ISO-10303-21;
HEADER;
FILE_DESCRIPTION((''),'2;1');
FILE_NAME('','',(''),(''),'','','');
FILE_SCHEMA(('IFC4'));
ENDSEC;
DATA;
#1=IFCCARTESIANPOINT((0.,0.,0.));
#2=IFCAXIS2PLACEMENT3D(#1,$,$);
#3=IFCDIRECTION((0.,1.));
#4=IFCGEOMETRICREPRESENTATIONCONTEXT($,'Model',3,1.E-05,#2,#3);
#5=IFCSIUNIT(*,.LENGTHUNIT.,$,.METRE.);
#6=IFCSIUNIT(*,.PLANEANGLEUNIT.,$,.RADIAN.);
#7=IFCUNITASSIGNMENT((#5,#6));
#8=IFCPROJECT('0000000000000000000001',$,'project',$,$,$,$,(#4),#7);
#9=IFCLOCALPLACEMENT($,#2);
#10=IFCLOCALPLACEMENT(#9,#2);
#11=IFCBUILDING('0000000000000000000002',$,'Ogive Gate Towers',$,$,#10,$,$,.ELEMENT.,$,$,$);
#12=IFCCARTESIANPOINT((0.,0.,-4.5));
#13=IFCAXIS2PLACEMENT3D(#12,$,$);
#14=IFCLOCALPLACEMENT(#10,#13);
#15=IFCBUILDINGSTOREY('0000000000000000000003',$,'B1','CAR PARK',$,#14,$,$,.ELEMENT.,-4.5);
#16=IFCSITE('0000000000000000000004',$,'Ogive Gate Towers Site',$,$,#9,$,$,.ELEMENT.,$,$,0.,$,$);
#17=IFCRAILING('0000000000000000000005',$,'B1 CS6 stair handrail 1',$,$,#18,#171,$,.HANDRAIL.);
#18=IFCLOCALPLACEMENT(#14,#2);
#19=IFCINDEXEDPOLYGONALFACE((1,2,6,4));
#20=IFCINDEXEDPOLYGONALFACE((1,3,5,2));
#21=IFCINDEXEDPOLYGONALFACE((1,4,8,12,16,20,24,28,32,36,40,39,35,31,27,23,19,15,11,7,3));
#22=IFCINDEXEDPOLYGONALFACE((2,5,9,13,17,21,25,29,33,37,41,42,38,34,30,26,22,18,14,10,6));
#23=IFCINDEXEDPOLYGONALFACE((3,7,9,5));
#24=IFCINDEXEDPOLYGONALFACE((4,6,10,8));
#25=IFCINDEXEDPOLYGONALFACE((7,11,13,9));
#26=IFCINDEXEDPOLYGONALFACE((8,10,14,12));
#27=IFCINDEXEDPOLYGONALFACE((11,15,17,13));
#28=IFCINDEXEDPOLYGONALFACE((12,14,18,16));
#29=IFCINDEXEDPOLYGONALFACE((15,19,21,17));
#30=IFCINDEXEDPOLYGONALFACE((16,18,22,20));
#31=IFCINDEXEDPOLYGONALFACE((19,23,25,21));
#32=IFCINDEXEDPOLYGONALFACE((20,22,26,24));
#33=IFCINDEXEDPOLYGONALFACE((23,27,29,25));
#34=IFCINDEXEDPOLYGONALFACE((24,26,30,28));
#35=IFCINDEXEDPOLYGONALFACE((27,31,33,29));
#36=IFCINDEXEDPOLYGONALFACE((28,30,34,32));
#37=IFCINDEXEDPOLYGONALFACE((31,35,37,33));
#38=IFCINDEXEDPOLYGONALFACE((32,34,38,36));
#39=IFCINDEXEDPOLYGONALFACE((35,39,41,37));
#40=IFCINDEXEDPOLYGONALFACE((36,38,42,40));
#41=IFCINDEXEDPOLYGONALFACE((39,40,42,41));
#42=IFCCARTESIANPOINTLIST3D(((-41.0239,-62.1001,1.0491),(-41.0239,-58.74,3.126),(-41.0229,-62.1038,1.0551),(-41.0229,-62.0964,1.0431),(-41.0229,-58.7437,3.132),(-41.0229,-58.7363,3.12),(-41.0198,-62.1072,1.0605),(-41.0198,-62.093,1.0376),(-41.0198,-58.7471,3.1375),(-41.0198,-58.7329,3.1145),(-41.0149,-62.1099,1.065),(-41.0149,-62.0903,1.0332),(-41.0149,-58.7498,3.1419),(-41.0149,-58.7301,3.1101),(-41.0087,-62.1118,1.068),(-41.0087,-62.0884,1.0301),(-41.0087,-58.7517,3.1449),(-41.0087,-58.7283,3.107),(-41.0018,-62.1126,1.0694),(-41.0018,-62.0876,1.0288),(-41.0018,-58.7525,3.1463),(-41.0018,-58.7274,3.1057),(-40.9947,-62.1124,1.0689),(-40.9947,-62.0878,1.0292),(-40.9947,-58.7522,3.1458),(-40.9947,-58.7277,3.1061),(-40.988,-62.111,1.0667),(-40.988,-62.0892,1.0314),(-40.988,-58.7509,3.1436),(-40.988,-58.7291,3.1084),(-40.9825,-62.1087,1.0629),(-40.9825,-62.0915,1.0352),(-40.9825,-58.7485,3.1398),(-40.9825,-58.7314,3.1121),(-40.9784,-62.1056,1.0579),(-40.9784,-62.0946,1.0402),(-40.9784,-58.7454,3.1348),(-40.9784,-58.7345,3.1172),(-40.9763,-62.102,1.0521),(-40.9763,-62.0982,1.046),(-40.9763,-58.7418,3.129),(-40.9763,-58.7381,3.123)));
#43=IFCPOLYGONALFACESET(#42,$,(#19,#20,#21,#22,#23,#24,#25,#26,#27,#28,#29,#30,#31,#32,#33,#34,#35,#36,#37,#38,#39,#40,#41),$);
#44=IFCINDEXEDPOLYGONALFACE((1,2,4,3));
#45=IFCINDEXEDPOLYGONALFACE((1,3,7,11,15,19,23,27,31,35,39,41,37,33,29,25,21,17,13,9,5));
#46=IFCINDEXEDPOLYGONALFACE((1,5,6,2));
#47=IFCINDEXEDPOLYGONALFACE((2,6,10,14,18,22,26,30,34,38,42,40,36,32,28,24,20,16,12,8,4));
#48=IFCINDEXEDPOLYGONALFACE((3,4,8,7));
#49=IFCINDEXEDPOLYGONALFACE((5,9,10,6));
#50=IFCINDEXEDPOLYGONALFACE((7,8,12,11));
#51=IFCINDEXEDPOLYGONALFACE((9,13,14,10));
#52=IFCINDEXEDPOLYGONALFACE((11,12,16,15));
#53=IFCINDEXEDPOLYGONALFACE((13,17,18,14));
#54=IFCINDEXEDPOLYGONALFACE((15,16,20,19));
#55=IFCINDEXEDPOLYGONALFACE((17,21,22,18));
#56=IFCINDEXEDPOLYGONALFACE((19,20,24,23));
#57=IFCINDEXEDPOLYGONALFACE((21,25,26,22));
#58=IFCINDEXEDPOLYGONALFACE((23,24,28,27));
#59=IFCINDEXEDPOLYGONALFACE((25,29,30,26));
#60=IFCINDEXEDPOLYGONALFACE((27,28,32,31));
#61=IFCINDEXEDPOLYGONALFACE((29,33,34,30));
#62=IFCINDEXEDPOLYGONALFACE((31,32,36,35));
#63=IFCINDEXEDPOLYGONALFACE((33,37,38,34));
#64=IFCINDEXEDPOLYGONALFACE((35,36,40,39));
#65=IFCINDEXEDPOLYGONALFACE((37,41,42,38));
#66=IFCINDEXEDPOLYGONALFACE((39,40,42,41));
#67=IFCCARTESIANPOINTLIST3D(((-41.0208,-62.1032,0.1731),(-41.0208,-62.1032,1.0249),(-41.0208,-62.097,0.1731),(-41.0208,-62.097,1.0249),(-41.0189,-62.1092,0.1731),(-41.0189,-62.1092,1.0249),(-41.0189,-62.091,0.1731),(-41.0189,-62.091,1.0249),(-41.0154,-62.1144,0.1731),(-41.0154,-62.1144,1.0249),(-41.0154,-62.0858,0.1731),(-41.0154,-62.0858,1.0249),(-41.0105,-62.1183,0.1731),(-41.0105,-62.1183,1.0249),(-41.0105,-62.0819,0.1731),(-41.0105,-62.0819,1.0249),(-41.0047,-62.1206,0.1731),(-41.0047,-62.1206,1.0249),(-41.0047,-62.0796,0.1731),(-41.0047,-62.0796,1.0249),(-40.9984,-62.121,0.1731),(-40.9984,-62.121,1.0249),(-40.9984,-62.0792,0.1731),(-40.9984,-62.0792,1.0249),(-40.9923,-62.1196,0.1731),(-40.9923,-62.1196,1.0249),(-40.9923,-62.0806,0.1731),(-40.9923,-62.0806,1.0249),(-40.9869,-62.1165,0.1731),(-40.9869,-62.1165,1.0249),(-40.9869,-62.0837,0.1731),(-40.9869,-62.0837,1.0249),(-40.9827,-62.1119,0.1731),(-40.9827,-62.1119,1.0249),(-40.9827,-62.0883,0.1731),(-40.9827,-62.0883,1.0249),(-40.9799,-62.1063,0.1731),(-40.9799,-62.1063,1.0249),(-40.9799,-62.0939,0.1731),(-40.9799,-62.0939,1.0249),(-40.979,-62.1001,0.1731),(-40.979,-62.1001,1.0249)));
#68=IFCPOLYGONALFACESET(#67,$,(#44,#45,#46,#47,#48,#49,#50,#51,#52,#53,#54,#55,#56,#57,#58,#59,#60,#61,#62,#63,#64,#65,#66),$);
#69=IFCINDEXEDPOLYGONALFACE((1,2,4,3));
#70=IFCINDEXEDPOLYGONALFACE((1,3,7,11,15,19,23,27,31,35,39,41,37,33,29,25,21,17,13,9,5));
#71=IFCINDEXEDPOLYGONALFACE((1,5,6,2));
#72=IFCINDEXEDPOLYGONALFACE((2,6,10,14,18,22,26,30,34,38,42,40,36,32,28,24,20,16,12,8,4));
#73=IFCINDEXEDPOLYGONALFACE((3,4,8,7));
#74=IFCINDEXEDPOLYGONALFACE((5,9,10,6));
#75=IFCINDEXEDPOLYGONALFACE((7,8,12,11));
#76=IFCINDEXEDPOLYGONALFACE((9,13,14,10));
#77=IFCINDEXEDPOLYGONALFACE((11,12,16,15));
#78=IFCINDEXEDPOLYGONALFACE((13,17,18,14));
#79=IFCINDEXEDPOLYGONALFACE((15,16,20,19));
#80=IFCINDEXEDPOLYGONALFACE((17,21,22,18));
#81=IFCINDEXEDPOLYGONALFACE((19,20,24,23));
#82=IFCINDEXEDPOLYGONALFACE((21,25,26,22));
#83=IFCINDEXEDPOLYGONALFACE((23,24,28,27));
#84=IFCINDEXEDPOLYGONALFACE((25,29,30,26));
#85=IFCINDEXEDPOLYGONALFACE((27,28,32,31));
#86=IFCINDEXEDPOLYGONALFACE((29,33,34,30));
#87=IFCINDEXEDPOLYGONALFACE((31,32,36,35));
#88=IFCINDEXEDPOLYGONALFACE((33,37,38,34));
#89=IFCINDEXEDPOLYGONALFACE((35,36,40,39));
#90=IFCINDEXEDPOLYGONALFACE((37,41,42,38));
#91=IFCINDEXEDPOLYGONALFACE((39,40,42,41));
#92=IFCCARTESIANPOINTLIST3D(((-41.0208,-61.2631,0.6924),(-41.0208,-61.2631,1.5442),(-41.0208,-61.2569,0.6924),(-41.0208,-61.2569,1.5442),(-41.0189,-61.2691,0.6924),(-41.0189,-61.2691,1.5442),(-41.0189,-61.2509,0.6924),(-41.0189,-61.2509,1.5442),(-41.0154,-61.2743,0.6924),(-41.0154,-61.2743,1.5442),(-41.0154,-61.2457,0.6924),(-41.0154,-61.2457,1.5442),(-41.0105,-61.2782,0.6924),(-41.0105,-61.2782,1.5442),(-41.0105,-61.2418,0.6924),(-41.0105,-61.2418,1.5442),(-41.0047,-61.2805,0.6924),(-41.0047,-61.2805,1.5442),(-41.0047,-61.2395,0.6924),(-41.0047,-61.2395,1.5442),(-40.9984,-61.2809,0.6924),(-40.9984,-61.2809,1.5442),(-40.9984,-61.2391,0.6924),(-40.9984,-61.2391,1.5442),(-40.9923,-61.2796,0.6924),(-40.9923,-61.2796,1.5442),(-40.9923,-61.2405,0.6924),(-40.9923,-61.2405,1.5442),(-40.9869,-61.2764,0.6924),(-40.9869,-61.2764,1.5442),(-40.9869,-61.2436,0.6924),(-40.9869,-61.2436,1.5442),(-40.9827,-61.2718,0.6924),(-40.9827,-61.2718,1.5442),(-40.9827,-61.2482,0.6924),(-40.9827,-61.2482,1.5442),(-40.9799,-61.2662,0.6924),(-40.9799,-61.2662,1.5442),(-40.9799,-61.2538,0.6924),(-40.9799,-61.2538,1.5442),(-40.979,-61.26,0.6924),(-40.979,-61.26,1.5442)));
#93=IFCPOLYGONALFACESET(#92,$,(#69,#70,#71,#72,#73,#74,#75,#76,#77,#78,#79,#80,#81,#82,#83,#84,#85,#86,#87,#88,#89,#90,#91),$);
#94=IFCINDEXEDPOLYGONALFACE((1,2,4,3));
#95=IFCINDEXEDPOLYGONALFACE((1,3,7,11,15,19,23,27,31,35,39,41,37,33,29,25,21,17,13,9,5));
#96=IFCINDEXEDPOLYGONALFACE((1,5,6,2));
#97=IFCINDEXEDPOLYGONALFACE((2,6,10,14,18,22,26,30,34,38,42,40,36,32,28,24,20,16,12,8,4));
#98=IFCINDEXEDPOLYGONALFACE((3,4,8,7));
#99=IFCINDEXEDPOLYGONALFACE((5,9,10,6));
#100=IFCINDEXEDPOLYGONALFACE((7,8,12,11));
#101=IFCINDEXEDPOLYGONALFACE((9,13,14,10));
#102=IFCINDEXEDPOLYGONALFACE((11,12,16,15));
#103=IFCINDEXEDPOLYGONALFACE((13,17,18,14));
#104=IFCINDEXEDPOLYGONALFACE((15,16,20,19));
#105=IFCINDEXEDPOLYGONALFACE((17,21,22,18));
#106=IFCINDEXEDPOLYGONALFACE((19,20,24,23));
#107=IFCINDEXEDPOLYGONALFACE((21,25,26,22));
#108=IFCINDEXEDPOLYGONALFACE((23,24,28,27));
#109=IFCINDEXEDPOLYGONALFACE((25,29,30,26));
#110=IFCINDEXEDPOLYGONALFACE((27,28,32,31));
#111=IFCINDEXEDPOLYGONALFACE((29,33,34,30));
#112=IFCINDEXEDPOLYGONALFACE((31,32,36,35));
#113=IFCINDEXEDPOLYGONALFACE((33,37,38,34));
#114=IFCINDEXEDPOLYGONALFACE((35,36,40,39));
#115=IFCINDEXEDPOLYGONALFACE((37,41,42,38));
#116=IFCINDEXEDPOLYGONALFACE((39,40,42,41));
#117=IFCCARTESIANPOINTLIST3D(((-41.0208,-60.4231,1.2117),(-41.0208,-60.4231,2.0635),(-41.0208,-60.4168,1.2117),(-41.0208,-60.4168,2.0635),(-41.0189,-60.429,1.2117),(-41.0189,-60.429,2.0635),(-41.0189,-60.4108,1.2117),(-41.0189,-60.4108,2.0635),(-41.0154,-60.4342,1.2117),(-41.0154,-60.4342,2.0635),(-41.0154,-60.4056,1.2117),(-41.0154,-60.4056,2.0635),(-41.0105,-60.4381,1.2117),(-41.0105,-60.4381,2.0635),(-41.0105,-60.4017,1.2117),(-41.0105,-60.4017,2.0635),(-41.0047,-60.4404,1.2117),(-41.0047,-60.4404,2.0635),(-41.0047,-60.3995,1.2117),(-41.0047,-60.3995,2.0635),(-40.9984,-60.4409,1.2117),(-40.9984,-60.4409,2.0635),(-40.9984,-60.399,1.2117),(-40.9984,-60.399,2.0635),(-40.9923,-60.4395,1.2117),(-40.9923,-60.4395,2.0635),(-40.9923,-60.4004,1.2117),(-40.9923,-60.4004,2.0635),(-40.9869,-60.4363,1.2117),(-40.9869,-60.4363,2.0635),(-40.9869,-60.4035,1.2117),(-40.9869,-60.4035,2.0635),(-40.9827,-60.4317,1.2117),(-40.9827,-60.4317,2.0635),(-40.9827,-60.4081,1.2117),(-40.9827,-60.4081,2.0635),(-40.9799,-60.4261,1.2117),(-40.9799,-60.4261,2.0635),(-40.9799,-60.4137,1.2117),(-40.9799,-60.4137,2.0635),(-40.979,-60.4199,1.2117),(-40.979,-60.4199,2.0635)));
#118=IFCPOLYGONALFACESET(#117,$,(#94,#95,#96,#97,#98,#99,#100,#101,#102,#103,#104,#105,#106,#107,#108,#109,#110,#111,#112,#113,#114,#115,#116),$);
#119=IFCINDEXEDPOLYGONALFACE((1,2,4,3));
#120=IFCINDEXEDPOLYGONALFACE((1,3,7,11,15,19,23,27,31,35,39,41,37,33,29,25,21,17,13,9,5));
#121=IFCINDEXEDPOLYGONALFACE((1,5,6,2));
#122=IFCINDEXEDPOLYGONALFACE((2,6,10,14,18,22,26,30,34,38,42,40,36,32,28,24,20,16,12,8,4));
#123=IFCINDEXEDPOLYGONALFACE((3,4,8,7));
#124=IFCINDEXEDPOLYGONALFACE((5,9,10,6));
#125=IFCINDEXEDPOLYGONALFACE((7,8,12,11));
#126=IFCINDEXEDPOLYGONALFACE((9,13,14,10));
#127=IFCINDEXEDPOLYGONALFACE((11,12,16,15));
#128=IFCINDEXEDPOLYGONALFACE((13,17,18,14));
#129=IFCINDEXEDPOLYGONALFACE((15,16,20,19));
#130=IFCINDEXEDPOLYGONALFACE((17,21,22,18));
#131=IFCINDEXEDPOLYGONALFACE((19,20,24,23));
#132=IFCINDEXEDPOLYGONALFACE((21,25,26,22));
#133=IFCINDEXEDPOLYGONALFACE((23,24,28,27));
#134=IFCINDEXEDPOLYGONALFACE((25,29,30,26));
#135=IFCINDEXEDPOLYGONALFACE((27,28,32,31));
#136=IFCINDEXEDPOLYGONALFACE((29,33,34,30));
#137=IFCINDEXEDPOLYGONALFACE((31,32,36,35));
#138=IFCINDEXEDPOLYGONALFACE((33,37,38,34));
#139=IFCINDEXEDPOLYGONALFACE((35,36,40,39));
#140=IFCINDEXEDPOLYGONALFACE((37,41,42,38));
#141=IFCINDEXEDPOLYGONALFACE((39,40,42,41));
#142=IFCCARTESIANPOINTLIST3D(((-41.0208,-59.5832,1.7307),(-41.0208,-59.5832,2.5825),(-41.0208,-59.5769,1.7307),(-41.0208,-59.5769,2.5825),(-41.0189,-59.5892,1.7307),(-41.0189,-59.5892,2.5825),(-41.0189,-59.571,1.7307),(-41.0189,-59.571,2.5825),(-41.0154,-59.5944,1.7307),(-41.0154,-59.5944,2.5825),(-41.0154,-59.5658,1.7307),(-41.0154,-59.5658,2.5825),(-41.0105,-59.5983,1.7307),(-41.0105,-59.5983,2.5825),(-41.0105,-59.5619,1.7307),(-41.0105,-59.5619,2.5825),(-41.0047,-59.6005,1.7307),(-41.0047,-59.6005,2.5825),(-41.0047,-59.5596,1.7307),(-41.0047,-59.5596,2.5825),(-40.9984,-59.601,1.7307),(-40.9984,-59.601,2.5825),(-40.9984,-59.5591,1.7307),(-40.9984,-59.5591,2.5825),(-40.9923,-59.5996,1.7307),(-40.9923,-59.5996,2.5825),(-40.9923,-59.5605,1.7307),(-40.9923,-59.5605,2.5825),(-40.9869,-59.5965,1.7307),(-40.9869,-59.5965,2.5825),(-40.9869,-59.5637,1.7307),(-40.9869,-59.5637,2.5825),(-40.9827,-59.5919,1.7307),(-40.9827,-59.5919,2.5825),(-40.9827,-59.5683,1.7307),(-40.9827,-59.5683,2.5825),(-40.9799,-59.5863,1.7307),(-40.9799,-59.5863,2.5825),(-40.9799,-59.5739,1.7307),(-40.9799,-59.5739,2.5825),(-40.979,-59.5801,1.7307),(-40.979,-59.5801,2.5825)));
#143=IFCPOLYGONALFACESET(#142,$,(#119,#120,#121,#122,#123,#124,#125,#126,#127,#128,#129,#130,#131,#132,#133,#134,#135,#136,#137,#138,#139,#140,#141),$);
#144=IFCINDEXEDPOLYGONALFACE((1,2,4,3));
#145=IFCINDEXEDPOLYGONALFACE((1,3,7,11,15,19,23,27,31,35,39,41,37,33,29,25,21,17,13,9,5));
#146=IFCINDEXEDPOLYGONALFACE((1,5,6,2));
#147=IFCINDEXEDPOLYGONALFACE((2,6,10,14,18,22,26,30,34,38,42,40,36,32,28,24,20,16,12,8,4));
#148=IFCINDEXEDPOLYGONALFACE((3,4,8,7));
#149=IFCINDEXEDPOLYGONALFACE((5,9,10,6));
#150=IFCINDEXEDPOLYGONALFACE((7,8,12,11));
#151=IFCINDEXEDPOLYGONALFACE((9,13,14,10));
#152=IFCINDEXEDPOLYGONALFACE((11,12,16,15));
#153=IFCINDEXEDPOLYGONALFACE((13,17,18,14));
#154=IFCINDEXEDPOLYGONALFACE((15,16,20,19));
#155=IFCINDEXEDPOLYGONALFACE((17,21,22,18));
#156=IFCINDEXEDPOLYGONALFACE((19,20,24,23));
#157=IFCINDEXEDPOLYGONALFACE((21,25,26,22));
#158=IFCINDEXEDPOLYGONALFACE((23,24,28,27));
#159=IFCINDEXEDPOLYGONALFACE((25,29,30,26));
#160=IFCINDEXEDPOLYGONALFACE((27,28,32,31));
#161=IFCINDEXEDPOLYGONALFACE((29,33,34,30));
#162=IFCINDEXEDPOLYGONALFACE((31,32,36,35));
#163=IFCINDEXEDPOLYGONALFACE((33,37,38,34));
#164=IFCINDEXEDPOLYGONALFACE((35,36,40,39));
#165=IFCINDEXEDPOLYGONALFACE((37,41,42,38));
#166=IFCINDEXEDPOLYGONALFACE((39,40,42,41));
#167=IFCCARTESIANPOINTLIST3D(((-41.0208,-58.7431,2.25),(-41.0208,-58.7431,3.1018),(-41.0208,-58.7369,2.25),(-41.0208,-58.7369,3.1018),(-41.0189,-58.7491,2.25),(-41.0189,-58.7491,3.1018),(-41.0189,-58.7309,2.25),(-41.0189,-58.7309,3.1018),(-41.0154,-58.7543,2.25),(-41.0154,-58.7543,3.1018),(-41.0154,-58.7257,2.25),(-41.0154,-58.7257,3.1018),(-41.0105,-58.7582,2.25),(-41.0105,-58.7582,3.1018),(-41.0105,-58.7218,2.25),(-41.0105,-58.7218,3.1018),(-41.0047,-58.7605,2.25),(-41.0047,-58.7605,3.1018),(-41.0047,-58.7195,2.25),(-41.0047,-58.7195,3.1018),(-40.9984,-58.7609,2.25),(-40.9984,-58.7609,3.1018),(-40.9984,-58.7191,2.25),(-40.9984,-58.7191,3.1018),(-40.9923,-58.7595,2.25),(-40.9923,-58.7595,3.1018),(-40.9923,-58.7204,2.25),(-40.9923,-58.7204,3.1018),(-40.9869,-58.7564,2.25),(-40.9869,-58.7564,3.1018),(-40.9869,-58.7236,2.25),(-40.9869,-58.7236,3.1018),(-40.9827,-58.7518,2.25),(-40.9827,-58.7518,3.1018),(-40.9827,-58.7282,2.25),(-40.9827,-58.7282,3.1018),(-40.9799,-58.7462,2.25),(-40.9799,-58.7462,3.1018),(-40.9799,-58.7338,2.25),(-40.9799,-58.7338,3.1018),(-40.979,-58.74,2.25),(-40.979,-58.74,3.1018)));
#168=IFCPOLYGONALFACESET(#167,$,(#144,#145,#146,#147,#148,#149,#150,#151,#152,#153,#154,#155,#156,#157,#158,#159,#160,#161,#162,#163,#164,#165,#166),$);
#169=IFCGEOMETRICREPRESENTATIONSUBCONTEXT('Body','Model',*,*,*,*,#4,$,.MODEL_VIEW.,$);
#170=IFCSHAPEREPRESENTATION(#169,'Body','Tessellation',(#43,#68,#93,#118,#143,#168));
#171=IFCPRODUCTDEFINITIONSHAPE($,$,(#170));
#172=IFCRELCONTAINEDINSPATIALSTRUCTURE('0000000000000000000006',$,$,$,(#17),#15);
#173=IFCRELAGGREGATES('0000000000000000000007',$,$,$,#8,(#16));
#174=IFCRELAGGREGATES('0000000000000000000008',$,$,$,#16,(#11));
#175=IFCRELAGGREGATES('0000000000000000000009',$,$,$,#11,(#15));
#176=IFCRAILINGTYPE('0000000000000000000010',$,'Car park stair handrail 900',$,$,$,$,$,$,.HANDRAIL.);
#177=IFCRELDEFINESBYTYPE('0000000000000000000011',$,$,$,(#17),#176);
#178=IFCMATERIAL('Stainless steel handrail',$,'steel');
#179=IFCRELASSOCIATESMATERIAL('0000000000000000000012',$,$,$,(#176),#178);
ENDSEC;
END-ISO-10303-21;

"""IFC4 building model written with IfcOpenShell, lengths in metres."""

from ifc_helpers import new_model, si_unit, direction, frame, origin, origin_2d, place, context, subcontext, project, spatial, circle, extrude, material, type_object, element, save


model = new_model("IFC4")

# Units and contexts
model_context = context("Model", 3, precision=1e-05, world=origin(), true_north=direction((0.0, 1.0)))
body_context = subcontext(model_context, "Body", "Model", "MODEL_VIEW")
ifc_project = project(units=[si_unit("LENGTHUNIT", "METRE"), si_unit("PLANEANGLEUNIT", "RADIAN")], contexts=[model_context])

# Site, building, storey
site_placement = place(None, origin())
site = spatial("IfcSite", under=ifc_project, at=site_placement, Name="Ogive Gate Towers Site", CompositionType="ELEMENT", RefElevation=0.0)
building_placement = place(site_placement, origin())
building = spatial("IfcBuilding", under=site, at=building_placement, Name="Ogive Gate Towers", CompositionType="ELEMENT")
storey_placement = place(building_placement, frame((0.0, 0.0, -4.5)))
storey = spatial("IfcBuildingStorey", under=building, at=storey_placement, Name="B1", Description="CAR PARK", CompositionType="ELEMENT", Elevation=-4.5)

# Railing
ifc_material_1 = material(Name="Stainless steel handrail", Category="steel")
railing_type_1 = type_object("IfcRailingType", Name="Car park stair handrail 900", PredefinedType="HANDRAIL", material=ifc_material_1)
railing_1_placement = place(storey_placement, frame((-41.0, -62.1001, 0.1731)))
element("IfcRailing", 1, at=railing_1_placement, inside=storey, type_object=railing_type_1, Name="B1 CS6 stair handrail 1", PredefinedType="HANDRAIL", context=body_context, shape_type="SweptSolid", body=[
    extrude(circle(Radius=0.0239, at=origin_2d()), frame((0.0, 0.0, 0.876), z_axis=(0.0, 0.850623, 0.525776), x_axis=(-1.0, 0.0, 0.0)), (0.0, 0.0, 1.0), 3.9502),
    extrude(circle(Radius=0.021, at=origin_2d()), origin(), (0.0, 0.0, 1.0), 0.8518),
    extrude(circle(Radius=0.021, at=origin_2d()), frame((0.0, 0.8401, 0.5193)), (0.0, 0.0, 1.0), 0.8518),
    extrude(circle(Radius=0.021, at=origin_2d()), frame((0.0, 1.6802, 1.0386)), (0.0, 0.0, 1.0), 0.8518),
    extrude(circle(Radius=0.021, at=origin_2d()), frame((0.0, 2.52, 1.5576)), (0.0, 0.0, 1.0), 0.8518),
    extrude(circle(Radius=0.021, at=origin_2d()), frame((0.0, 3.3601, 2.0769)), (0.0, 0.0, 1.0), 0.8518),
])

save(model, "model.ifc")
